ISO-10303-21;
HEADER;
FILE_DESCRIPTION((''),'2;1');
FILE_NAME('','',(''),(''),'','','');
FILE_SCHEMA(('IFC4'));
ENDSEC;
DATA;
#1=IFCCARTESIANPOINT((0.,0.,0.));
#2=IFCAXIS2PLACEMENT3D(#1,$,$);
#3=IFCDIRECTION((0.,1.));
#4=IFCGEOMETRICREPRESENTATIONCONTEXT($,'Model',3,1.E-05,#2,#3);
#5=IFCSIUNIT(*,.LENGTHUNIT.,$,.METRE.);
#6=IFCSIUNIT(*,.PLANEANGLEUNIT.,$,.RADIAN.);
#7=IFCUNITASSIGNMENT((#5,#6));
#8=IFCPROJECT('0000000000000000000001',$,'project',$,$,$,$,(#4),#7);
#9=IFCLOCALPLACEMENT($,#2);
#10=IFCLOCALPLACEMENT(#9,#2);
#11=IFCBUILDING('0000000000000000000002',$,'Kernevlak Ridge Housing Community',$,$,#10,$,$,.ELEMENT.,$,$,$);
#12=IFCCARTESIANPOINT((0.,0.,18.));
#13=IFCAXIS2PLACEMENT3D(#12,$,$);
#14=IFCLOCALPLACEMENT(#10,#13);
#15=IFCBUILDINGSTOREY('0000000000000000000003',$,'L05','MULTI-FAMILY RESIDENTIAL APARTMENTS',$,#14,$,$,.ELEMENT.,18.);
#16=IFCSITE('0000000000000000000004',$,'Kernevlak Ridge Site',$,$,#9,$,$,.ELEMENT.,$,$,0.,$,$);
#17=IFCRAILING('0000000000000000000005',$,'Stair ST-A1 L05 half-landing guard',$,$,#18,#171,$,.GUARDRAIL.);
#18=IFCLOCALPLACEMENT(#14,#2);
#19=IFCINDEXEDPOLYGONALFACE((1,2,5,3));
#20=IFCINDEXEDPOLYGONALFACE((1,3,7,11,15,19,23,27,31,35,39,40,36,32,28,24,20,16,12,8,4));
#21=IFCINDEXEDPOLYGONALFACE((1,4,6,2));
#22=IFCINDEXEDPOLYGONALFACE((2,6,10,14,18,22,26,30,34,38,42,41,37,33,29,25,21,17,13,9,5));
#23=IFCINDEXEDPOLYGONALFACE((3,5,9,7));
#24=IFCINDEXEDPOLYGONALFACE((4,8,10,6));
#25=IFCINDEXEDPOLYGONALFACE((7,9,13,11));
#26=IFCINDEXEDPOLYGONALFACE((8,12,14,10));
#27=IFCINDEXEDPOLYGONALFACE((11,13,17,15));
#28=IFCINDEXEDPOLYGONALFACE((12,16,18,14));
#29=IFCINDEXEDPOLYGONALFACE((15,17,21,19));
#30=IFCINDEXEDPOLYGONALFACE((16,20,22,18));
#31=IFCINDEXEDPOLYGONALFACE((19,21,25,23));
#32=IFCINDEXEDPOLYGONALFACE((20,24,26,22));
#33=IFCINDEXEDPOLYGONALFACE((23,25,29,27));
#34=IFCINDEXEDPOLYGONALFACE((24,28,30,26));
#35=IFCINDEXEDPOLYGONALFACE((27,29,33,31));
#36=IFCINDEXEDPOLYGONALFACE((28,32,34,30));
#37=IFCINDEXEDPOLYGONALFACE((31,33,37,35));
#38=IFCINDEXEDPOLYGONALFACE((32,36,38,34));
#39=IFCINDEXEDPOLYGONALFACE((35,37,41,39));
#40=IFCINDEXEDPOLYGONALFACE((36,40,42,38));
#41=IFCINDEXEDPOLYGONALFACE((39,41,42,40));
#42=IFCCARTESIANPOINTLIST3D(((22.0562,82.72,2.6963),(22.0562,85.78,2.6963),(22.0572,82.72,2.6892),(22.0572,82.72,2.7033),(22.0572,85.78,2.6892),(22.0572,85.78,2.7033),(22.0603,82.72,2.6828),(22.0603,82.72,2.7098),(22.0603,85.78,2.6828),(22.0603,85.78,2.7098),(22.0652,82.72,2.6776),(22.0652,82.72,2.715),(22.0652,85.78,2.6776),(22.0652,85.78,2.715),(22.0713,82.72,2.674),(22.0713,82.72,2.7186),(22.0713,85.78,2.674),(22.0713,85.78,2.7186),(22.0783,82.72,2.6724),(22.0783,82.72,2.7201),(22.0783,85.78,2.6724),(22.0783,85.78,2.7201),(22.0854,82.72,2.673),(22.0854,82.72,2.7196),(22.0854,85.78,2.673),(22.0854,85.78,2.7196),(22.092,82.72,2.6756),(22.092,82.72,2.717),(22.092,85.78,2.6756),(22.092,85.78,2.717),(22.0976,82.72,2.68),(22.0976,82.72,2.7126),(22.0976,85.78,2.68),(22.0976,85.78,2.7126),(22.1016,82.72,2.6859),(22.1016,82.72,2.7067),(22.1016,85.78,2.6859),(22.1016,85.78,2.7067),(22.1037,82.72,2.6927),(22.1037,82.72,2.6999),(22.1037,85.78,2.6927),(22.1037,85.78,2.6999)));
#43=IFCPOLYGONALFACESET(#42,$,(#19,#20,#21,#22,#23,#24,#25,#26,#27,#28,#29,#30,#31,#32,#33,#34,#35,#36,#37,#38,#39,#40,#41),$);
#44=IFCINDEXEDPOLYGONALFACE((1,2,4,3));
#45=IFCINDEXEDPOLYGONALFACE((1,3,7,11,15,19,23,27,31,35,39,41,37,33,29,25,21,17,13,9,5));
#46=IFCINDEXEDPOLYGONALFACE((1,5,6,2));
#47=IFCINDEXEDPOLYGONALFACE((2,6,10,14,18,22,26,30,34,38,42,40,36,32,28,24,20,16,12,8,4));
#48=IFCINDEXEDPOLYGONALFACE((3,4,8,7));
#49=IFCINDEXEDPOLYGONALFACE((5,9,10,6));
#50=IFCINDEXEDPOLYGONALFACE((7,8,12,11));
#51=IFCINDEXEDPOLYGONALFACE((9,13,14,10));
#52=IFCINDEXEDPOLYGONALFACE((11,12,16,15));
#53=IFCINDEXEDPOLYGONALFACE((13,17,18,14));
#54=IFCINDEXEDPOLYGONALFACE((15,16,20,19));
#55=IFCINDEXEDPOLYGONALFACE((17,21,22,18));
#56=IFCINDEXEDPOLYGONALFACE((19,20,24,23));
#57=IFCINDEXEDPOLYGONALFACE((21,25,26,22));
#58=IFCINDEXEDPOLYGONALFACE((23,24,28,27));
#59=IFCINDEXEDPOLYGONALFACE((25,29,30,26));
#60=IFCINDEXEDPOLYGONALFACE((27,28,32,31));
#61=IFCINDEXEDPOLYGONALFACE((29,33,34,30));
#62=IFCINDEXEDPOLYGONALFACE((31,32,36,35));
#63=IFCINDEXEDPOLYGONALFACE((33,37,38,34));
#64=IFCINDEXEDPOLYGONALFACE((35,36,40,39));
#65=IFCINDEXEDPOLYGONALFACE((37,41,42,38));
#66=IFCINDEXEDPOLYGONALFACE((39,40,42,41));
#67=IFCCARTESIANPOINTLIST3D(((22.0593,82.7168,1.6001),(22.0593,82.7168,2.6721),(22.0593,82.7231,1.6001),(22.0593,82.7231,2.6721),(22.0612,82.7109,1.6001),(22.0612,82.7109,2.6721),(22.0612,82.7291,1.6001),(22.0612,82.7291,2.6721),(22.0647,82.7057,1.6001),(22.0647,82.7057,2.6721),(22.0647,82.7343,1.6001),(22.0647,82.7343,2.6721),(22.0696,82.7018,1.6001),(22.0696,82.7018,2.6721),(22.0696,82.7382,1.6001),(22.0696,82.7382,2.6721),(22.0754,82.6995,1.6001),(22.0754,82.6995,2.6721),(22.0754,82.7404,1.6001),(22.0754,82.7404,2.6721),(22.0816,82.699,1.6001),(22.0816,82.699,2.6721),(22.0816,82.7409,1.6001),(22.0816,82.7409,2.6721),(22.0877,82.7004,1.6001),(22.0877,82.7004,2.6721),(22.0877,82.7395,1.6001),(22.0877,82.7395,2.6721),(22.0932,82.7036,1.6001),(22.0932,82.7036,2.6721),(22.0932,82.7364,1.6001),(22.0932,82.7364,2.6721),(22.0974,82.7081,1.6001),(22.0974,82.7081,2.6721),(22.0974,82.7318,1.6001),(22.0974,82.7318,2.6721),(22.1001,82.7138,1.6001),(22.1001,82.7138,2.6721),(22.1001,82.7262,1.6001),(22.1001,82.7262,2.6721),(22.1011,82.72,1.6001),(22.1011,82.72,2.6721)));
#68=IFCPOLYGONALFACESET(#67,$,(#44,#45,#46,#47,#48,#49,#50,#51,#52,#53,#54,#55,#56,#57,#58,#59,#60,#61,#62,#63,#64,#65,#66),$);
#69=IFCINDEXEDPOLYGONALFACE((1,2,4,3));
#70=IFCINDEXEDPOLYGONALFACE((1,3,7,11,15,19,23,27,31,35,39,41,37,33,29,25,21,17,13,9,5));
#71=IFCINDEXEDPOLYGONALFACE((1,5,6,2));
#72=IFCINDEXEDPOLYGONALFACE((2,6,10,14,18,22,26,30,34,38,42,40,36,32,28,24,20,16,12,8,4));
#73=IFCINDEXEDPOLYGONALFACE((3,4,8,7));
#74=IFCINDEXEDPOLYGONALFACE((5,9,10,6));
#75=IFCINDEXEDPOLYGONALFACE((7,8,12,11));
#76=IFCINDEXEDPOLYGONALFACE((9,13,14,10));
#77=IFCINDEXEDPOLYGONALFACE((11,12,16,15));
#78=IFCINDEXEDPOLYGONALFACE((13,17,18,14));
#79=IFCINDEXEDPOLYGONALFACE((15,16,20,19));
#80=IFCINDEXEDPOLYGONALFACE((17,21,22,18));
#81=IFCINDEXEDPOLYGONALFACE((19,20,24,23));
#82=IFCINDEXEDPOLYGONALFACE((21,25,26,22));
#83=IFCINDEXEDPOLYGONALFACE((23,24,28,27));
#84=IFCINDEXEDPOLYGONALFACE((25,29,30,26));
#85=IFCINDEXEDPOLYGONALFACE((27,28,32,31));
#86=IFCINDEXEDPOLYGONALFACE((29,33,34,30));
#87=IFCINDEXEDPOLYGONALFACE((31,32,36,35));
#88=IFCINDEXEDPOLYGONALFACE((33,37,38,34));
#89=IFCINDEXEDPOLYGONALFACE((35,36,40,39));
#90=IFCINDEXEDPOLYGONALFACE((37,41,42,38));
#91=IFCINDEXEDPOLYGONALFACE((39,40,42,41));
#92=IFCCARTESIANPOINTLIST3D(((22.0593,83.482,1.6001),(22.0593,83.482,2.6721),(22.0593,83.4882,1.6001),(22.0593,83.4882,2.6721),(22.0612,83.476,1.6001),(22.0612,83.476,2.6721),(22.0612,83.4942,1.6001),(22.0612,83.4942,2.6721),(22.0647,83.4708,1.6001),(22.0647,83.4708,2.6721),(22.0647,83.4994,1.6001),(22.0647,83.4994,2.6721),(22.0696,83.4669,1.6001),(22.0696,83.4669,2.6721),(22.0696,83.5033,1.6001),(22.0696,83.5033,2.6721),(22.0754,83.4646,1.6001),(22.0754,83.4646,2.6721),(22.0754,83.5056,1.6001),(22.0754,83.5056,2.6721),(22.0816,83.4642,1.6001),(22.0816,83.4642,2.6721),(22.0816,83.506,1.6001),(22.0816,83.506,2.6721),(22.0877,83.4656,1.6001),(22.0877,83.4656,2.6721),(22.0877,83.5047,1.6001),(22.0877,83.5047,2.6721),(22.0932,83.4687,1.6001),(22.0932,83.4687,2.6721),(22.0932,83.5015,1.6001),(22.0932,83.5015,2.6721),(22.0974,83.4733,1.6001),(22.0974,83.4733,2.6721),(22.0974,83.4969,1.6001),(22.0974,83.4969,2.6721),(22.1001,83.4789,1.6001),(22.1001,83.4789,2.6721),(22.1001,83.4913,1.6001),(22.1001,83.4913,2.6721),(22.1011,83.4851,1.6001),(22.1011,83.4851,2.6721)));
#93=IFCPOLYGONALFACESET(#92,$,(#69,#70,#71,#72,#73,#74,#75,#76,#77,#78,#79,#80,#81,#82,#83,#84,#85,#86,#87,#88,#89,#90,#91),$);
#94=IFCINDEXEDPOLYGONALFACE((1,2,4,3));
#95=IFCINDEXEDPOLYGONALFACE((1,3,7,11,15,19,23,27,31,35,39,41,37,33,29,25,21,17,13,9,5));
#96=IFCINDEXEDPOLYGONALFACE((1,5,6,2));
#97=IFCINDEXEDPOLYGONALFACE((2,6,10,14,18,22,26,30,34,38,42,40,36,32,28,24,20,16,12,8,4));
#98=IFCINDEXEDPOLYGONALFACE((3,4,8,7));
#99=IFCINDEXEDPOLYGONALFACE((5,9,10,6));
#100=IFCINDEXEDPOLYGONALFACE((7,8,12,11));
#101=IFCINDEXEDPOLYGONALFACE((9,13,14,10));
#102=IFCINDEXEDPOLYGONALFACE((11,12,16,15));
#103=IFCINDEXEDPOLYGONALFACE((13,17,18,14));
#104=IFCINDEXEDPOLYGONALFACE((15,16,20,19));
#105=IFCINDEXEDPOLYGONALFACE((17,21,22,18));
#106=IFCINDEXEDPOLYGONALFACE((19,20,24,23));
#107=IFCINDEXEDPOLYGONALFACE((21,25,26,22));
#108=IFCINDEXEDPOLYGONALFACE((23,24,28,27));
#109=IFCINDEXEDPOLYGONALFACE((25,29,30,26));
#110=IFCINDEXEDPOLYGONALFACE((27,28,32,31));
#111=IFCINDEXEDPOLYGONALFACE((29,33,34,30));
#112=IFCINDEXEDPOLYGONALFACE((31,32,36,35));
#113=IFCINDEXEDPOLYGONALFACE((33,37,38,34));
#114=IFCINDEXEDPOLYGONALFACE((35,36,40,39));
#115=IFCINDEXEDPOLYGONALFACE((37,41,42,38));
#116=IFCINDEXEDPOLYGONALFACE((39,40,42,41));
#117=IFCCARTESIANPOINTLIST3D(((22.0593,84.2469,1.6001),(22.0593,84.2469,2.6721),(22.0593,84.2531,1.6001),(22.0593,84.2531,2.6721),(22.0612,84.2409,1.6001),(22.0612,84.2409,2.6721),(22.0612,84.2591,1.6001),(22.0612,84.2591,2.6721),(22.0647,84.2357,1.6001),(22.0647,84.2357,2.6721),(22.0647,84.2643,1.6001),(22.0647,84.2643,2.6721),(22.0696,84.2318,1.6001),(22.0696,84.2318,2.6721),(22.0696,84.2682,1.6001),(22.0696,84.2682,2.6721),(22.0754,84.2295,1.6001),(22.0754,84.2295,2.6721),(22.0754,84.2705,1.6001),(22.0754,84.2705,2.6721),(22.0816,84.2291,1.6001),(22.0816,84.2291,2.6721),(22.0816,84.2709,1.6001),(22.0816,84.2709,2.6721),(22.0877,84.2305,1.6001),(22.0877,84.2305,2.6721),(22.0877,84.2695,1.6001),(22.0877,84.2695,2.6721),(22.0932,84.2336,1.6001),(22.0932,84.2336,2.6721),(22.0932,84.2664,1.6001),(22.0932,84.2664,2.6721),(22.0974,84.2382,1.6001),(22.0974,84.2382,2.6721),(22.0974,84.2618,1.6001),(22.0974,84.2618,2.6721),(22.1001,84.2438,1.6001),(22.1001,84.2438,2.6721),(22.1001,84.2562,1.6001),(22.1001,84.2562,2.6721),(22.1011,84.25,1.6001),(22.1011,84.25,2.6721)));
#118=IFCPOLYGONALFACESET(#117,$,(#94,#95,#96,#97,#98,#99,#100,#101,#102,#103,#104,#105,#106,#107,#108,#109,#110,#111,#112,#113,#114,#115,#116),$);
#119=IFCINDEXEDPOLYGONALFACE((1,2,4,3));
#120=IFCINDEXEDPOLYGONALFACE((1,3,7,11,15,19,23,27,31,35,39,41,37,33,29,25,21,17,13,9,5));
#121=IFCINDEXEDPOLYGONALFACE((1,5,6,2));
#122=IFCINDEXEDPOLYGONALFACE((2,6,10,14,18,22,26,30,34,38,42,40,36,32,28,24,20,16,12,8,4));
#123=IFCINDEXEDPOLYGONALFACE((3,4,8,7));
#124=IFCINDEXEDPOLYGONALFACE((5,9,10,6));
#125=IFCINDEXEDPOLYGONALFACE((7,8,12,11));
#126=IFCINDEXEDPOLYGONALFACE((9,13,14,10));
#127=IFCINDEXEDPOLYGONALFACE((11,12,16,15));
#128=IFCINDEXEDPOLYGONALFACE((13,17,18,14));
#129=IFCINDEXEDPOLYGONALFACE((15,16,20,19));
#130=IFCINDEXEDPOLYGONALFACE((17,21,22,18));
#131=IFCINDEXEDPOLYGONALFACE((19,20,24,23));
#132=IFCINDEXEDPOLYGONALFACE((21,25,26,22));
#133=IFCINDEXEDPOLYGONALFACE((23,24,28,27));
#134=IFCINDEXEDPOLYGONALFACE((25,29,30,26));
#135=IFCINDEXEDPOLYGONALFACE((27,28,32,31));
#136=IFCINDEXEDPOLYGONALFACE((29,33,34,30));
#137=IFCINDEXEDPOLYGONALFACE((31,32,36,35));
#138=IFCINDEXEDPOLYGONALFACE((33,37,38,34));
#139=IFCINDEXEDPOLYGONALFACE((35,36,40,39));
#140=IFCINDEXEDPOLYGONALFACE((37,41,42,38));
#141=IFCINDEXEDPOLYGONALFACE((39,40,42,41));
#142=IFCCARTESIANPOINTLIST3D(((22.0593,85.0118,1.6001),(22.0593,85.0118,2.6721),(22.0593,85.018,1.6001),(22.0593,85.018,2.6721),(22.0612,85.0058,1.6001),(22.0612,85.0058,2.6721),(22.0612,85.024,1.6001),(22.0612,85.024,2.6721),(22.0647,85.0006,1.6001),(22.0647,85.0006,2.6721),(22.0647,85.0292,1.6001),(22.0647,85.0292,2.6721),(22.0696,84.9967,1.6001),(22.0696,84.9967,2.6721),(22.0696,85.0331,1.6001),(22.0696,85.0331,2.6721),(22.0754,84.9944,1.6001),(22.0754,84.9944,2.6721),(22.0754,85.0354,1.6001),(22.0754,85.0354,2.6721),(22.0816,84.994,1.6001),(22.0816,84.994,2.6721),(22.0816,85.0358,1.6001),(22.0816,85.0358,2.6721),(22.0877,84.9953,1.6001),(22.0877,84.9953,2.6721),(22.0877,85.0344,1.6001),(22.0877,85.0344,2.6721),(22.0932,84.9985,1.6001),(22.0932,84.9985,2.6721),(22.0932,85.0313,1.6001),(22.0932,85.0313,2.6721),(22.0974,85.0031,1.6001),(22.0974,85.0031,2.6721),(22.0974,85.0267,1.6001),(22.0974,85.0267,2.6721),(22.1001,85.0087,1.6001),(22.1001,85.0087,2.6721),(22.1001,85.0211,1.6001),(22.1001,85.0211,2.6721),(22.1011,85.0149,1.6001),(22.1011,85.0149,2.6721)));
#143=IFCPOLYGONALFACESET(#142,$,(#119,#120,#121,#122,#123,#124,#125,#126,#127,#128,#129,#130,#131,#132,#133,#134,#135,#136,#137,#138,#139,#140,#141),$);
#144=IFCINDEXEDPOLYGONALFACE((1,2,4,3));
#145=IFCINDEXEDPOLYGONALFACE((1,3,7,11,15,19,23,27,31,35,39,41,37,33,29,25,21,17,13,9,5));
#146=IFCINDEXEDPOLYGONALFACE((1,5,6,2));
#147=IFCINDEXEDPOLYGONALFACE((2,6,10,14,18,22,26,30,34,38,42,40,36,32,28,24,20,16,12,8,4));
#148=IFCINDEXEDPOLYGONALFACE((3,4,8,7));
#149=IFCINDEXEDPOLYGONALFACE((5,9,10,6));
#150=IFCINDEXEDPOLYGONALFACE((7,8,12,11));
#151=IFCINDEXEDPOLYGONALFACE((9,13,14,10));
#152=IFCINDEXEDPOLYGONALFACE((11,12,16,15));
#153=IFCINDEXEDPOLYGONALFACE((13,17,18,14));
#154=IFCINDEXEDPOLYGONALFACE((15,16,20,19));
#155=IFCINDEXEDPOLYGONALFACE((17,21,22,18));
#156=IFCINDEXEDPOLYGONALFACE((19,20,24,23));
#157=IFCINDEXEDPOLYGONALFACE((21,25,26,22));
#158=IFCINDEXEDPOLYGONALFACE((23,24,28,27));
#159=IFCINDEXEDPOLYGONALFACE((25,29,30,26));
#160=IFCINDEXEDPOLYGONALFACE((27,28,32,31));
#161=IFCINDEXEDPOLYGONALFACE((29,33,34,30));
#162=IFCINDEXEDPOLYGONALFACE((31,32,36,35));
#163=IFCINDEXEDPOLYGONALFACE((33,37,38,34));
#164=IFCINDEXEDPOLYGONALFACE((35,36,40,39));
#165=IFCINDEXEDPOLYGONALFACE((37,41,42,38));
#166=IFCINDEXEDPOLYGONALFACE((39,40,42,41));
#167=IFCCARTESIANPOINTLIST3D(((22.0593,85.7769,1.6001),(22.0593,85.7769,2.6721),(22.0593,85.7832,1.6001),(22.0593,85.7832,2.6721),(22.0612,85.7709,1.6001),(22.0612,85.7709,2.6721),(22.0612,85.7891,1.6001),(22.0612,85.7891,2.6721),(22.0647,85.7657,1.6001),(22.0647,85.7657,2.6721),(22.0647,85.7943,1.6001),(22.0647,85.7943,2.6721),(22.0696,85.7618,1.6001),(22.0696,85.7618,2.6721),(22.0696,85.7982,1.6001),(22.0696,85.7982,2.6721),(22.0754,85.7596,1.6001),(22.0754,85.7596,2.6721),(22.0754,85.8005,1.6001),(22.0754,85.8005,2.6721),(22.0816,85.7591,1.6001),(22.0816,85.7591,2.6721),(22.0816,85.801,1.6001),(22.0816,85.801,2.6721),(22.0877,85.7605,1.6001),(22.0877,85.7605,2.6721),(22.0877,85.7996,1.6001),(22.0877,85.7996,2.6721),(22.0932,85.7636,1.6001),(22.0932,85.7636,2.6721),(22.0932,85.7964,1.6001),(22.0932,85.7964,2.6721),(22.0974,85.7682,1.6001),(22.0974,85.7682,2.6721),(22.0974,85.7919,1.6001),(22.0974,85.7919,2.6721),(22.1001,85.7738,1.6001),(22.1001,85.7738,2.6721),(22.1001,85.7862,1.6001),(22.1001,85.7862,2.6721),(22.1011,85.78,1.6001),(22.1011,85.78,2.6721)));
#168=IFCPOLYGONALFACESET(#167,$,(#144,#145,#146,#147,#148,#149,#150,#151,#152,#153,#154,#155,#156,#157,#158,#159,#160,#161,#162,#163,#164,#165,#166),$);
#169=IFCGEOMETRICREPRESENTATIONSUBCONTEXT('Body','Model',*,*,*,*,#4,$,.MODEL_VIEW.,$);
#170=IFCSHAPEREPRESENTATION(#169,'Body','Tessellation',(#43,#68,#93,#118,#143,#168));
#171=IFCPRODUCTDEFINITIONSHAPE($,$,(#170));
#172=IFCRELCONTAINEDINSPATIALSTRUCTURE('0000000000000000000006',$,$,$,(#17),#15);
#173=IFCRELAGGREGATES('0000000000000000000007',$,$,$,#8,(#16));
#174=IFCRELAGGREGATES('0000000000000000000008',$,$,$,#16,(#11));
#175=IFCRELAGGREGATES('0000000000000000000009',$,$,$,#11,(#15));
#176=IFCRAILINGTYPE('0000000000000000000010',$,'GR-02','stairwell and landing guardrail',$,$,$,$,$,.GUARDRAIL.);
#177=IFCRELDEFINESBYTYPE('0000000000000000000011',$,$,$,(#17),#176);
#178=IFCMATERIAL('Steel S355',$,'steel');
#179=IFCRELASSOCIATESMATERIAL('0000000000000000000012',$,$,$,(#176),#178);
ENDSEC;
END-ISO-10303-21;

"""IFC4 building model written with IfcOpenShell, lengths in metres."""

from ifc_helpers import new_model, si_unit, direction, frame, origin, origin_2d, place, context, subcontext, project, spatial, circle, extrude, material, type_object, element, save


model = new_model("IFC4")

# Units and contexts
model_context = context("Model", 3, precision=1e-05, world=origin(), true_north=direction((0.0, 1.0)))
body_context = subcontext(model_context, "Body", "Model", "MODEL_VIEW")
ifc_project = project(units=[si_unit("LENGTHUNIT", "METRE"), si_unit("PLANEANGLEUNIT", "RADIAN")], contexts=[model_context])

# Site, building, storey
site_placement = place(None, origin())
site = spatial("IfcSite", under=ifc_project, at=site_placement, Name="Kernevlak Ridge Site", CompositionType="ELEMENT", RefElevation=0.0)
building_placement = place(site_placement, origin())
building = spatial("IfcBuilding", under=site, at=building_placement, Name="Kernevlak Ridge Housing Community", CompositionType="ELEMENT")
storey_placement = place(building_placement, frame((0.0, 0.0, 18.0)))
storey = spatial("IfcBuildingStorey", under=building, at=storey_placement, Name="L05", Description="MULTI-FAMILY RESIDENTIAL APARTMENTS", CompositionType="ELEMENT", Elevation=18.0)

# Railing
ifc_material_1 = material(Name="Steel S355", Category="steel")
railing_type_1 = type_object("IfcRailingType", Name="GR-02", Description="stairwell and landing guardrail", PredefinedType="GUARDRAIL", material=ifc_material_1)
railing_1_placement = place(storey_placement, frame((22.0801, 82.72, 1.6001)))
element("IfcRailing", 1, at=railing_1_placement, inside=storey, type_object=railing_type_1, Name="Stair ST-A1 L05 half-landing guard", PredefinedType="GUARDRAIL", context=body_context, shape_type="SweptSolid", body=[
    extrude(circle(Radius=0.0239, at=origin_2d()), frame((0.0, 0.0, 1.0962), z_axis=(0.0, 1.0, 0.0), x_axis=(-1.0, 0.0, 0.0)), (0.0, 0.0, 1.0), 3.0601),
    extrude(circle(Radius=0.021, at=origin_2d()), origin(), (0.0, 0.0, 1.0), 1.072),
    extrude(circle(Radius=0.021, at=origin_2d()), frame((0.0, 0.7651, 0.0)), (0.0, 0.0, 1.0), 1.072),
    extrude(circle(Radius=0.021, at=origin_2d()), frame((0.0, 1.53, 0.0)), (0.0, 0.0, 1.0), 1.072),
    extrude(circle(Radius=0.021, at=origin_2d()), frame((0.0, 2.2949, 0.0)), (0.0, 0.0, 1.0), 1.072),
    extrude(circle(Radius=0.021, at=origin_2d()), frame((0.0, 3.0601, 0.0)), (0.0, 0.0, 1.0), 1.072),
])

save(model, "model.ifc")
